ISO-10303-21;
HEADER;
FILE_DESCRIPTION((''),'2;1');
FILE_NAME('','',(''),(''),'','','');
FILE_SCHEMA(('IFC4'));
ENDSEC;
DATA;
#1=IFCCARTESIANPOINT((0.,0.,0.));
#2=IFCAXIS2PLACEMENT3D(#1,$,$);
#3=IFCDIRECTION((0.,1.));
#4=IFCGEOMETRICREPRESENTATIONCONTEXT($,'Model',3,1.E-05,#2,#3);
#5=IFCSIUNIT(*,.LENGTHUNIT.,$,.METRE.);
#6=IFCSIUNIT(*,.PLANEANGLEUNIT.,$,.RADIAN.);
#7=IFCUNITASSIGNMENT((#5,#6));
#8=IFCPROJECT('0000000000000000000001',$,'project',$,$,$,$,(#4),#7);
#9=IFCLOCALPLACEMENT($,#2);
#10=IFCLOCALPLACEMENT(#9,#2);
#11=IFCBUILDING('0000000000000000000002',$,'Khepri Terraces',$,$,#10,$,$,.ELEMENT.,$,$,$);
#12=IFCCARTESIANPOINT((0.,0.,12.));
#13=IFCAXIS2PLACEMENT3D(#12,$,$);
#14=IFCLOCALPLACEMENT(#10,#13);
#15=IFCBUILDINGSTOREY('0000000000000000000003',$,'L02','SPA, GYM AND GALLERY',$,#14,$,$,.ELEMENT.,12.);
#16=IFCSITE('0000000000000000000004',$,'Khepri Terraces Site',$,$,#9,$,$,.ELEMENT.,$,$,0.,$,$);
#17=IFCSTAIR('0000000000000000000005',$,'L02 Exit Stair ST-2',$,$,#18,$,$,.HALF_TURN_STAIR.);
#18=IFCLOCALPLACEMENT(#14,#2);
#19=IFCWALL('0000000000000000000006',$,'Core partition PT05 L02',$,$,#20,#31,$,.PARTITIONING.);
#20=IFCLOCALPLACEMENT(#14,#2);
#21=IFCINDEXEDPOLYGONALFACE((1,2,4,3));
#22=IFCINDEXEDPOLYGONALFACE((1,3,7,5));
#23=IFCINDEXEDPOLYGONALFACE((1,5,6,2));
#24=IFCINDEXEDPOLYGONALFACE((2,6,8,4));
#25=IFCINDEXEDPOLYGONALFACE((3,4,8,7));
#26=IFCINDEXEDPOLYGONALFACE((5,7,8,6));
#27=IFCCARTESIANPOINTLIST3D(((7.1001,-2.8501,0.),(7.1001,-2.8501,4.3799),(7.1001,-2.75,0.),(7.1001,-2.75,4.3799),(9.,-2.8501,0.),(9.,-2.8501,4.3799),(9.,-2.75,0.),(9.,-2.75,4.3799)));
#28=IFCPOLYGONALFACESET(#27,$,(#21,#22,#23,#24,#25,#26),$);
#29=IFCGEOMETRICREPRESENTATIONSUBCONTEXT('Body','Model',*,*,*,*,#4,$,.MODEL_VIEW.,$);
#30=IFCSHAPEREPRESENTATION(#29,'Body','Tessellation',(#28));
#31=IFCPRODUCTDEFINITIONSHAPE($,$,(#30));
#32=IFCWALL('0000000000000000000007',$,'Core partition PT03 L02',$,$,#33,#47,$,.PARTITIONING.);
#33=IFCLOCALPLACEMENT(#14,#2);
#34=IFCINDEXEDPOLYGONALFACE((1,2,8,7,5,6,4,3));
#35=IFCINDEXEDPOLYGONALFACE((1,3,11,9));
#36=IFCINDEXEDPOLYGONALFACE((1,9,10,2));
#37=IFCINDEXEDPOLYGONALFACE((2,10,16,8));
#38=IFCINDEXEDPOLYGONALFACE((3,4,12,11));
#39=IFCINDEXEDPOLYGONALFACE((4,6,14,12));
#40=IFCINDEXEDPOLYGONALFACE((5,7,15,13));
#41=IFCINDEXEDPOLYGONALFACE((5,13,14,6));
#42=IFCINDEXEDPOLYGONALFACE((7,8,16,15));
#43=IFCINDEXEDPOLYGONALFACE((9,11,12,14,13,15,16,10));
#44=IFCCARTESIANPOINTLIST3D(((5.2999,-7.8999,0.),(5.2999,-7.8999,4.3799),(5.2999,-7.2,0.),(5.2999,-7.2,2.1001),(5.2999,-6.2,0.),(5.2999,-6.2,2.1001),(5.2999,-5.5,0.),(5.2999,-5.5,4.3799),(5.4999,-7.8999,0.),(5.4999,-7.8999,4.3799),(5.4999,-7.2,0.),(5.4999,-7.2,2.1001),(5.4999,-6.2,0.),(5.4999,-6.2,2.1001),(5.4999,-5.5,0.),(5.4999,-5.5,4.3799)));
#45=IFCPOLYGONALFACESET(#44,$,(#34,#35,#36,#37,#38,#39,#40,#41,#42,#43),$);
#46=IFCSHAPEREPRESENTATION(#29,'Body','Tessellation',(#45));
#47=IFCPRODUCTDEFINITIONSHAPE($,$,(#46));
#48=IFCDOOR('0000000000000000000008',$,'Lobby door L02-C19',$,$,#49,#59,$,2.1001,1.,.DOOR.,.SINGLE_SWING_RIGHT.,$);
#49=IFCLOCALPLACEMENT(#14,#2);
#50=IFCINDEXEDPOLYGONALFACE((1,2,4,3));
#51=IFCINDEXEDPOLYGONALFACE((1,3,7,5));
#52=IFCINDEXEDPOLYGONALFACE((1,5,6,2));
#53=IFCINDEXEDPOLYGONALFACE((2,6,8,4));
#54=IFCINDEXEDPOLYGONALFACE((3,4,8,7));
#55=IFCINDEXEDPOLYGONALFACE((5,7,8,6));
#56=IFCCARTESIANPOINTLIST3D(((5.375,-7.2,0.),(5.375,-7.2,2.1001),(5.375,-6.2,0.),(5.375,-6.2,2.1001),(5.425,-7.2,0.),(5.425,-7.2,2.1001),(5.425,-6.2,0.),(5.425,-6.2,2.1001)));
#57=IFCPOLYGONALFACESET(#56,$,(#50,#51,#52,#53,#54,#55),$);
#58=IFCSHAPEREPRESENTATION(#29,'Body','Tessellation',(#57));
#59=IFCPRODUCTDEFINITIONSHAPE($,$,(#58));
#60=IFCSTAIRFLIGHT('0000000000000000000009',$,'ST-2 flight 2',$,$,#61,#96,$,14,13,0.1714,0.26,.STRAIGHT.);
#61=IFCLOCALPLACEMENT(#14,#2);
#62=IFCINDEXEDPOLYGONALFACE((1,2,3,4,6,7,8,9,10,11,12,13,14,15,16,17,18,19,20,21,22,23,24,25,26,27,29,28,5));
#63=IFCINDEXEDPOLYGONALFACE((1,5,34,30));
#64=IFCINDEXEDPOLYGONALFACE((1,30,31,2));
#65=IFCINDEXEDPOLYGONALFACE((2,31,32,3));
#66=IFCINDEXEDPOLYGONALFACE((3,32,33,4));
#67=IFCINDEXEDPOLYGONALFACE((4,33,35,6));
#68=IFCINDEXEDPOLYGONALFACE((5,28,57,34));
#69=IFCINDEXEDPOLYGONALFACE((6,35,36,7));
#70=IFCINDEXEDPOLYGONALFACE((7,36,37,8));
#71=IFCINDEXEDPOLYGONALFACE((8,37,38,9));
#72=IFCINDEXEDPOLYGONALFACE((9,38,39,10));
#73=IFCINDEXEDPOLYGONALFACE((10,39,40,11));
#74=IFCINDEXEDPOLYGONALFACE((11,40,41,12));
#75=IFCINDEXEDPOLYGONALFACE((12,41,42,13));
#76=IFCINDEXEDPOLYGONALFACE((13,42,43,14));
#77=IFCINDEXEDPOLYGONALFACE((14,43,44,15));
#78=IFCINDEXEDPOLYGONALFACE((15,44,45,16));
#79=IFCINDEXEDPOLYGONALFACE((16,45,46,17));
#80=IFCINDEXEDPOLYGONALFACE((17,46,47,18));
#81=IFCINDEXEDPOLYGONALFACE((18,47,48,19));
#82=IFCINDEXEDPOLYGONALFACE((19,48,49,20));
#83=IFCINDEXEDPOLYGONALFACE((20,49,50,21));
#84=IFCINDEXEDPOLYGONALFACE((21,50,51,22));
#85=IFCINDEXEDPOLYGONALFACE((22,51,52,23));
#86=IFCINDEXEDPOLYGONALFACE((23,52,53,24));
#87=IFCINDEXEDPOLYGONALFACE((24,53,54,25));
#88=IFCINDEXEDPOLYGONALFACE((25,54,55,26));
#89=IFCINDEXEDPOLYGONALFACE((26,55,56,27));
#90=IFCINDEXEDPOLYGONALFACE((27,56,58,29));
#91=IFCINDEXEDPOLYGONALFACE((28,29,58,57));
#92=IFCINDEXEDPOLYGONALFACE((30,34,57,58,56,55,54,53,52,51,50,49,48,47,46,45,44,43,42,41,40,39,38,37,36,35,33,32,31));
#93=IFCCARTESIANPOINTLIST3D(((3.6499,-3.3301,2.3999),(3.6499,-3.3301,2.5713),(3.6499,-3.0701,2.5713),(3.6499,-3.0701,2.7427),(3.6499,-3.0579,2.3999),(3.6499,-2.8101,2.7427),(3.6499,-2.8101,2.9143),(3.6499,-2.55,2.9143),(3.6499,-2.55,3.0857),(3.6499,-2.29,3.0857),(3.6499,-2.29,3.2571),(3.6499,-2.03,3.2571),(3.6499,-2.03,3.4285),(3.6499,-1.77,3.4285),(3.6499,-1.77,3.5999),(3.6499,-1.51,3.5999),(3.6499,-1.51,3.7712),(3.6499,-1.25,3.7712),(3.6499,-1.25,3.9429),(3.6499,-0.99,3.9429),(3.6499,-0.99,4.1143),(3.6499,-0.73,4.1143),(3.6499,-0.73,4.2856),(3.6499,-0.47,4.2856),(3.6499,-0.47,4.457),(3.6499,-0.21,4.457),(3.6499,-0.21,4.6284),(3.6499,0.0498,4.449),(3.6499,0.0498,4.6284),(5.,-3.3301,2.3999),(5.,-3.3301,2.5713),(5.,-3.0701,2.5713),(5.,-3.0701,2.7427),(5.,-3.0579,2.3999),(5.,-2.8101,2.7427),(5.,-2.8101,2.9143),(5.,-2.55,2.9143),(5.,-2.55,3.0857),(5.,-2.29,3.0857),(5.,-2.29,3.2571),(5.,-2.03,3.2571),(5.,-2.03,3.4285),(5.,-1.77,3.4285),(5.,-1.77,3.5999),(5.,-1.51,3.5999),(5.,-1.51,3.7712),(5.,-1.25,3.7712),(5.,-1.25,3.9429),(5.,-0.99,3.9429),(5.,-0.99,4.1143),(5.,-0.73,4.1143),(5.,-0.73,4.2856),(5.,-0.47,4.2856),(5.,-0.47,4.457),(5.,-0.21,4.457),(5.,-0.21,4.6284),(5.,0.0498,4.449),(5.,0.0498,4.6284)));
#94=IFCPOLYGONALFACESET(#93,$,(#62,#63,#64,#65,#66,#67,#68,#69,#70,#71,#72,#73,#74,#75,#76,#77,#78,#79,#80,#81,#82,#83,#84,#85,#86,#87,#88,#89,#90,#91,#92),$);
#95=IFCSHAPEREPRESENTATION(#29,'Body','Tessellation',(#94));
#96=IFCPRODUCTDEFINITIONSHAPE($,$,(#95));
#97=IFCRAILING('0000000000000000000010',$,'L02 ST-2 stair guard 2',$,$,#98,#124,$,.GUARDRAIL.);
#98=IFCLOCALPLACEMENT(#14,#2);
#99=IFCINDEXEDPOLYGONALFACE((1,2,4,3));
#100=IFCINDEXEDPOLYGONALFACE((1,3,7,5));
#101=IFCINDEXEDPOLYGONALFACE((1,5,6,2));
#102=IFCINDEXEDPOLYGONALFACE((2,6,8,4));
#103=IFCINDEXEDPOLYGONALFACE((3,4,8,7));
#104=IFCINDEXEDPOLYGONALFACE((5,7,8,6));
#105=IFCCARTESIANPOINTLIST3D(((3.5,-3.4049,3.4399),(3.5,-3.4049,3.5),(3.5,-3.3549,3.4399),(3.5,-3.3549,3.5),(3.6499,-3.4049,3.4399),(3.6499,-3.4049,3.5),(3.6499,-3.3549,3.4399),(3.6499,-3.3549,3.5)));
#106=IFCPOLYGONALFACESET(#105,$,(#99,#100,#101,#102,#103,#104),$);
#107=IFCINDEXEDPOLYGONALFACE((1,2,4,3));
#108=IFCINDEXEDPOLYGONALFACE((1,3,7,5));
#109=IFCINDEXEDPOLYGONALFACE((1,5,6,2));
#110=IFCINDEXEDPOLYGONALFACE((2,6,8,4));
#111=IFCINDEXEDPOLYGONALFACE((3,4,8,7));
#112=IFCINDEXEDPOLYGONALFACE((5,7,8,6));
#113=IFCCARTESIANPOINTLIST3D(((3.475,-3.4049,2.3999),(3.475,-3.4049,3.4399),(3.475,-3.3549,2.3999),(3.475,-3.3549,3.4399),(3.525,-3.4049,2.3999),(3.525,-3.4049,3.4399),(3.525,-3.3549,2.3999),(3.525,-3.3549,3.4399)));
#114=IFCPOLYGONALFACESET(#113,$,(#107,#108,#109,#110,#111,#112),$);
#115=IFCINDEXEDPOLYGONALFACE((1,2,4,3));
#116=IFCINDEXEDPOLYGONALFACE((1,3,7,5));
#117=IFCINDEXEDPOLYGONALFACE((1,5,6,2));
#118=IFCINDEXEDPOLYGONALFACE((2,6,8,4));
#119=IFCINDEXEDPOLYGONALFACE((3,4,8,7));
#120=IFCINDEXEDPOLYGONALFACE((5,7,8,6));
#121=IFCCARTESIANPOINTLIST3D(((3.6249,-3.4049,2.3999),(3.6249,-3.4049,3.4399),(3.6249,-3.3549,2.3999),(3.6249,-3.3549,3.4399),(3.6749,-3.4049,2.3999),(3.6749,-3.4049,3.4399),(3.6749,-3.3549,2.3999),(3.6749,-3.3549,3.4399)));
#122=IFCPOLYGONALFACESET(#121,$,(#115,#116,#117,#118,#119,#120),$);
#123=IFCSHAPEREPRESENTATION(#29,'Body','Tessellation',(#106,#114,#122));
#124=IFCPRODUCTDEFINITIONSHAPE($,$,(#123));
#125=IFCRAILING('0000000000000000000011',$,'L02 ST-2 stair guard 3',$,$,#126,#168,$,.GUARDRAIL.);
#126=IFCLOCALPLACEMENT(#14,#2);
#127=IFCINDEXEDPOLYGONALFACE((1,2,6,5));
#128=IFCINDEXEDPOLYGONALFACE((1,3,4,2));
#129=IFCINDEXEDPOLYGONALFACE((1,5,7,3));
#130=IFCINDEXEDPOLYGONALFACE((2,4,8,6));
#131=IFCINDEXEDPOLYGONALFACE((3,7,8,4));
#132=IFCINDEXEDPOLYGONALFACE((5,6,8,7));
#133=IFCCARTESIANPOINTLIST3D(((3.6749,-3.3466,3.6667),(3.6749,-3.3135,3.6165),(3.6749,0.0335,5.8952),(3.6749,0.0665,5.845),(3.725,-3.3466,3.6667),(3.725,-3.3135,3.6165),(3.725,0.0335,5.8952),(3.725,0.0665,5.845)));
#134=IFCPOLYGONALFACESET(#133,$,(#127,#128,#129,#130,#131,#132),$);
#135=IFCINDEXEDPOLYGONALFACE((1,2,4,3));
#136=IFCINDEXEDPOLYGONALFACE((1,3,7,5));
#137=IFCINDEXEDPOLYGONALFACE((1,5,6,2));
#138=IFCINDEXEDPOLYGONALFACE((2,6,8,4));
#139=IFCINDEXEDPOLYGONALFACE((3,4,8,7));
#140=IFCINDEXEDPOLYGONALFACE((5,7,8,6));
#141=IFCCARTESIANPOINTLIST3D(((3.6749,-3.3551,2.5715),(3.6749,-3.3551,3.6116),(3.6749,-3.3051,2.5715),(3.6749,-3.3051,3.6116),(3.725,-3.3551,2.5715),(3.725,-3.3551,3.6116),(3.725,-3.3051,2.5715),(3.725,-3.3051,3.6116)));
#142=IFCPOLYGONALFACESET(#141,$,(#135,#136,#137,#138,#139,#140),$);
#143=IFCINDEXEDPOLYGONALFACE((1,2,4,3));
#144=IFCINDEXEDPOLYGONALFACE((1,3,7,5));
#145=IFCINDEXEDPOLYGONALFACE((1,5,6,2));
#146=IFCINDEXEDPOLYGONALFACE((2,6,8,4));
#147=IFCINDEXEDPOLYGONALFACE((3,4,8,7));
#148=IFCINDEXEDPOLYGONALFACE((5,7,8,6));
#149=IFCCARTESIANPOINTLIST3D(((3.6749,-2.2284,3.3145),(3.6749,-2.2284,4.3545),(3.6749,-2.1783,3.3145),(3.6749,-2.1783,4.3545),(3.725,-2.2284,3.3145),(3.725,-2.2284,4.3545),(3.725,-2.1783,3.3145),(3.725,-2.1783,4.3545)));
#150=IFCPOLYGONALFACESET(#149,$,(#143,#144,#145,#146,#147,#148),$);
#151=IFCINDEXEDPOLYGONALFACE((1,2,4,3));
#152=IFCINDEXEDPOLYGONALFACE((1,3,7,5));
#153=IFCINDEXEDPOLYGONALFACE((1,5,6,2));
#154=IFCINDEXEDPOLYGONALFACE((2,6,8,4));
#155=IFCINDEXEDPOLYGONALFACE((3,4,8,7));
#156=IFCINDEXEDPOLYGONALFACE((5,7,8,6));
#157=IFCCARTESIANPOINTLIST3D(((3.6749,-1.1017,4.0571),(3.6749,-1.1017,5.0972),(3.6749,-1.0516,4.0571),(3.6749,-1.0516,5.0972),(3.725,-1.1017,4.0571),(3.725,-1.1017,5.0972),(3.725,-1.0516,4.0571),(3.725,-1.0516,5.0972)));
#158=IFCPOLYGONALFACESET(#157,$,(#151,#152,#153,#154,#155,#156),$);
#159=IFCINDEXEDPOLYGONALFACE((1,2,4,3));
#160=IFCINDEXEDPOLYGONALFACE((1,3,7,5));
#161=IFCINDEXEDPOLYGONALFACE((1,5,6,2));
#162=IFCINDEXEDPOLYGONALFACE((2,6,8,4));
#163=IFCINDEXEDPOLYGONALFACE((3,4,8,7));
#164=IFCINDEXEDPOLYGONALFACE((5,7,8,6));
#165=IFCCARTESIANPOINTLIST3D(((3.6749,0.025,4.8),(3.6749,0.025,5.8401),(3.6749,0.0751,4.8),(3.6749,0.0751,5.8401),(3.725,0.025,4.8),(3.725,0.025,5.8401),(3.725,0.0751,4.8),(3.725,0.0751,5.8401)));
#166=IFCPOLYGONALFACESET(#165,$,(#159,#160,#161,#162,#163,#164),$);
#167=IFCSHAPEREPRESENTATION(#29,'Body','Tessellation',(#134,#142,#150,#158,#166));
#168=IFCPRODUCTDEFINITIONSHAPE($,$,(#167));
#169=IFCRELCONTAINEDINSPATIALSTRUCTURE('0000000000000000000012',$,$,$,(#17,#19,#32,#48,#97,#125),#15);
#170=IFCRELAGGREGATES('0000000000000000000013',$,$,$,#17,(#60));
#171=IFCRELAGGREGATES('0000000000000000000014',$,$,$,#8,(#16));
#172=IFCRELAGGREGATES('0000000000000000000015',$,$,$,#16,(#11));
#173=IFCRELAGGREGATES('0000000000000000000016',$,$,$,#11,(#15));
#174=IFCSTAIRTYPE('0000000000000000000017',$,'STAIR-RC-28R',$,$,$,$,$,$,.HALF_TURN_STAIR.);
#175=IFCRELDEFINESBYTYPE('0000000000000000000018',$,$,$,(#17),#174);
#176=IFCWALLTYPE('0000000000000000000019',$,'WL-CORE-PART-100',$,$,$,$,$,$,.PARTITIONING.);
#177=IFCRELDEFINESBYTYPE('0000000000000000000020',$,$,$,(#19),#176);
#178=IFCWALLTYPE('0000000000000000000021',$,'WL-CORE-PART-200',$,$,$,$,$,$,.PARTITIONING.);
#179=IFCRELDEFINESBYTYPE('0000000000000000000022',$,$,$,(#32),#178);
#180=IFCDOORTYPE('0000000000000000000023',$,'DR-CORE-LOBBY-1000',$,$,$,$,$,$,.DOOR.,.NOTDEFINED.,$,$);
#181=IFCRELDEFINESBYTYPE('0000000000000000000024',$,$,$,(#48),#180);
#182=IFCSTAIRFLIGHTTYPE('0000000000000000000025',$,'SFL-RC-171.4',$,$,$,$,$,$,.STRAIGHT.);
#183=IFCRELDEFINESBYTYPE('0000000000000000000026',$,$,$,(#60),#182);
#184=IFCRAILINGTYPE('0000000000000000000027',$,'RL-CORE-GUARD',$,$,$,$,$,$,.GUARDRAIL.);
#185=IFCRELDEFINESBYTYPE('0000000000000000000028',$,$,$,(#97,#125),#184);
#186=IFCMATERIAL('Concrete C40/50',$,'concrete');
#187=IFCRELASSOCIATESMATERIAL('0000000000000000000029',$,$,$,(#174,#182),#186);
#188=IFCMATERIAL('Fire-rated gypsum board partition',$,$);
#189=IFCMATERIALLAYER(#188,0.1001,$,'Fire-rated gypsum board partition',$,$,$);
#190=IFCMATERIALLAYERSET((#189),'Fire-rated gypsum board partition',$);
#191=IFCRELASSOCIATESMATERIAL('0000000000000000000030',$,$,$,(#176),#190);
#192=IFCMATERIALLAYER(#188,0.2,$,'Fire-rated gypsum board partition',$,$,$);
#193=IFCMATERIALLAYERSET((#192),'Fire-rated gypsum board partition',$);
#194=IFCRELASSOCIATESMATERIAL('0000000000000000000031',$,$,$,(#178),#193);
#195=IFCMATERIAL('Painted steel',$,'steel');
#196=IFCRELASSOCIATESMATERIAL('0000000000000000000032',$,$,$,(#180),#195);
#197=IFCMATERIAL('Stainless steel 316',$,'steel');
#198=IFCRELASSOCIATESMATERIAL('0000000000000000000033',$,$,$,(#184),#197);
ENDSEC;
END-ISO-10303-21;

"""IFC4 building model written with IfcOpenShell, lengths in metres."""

from ifc_helpers import new_model, si_unit, direction, frame, frame_2d, origin, origin_2d, place, context, subcontext, project, spatial, polyline, rectangle, outline, extrude, material, layer, layer_set, type_object, element, fill, aggregate, save


model = new_model("IFC4")

# Units and contexts
model_context = context("Model", 3, precision=1e-05, world=origin(), true_north=direction((0.0, 1.0)))
body_context = subcontext(model_context, "Body", "Model", "MODEL_VIEW")
ifc_project = project(units=[si_unit("LENGTHUNIT", "METRE"), si_unit("PLANEANGLEUNIT", "RADIAN")], contexts=[model_context])

# Site, building, storey
site_placement = place(None, origin())
site = spatial("IfcSite", under=ifc_project, at=site_placement, Name="Khepri Terraces Site", CompositionType="ELEMENT", RefElevation=0.0)
building_placement = place(site_placement, origin())
building = spatial("IfcBuilding", under=site, at=building_placement, Name="Khepri Terraces", CompositionType="ELEMENT")
storey_placement = place(building_placement, frame((0.0, 0.0, 12.0)))
storey = spatial("IfcBuildingStorey", under=building, at=storey_placement, Name="L02", Description="SPA, GYM AND GALLERY", CompositionType="ELEMENT", Elevation=12.0)

# Shared definitions
ifc_material_1 = material(Name="Concrete C40/50", Category="concrete")
stair_type = type_object("IfcStairType", Name="STAIR-RC-28R", PredefinedType="HALF_TURN_STAIR", material=ifc_material_1)

# Stair
stair_1_placement = place(storey_placement, origin())
stair_1 = element("IfcStair", 1, at=stair_1_placement, inside=storey, type_object=stair_type, Name="L02 Exit Stair ST-2", PredefinedType="HALF_TURN_STAIR")

# Shared definitions
ifc_material_2 = material(Name="Painted steel", Category="steel")

# Shared definitions
ifc_material_3 = material(Name="Fire-rated gypsum board partition")
ifc_layer_1 = layer(ifc_material_3, 0.1001, Name="Fire-rated gypsum board partition")
ifc_layer_set_1 = layer_set([ifc_layer_1], Name="Fire-rated gypsum board partition")
wall_type_1 = type_object("IfcWallType", Name="WL-CORE-PART-100", PredefinedType="PARTITIONING", material=ifc_layer_set_1)

# Wall
for number, where, z_axis, x_axis, name in (
    (2, (7.1001, -2.8, 0.0), (0.0, 0.0, 1.0), (1.0, 0.0, 0.0), "Core partition PT05 L02"),
):
    element("IfcWall", number, at=place(storey_placement, frame(where, z_axis=z_axis, x_axis=x_axis)), inside=storey, type_object=wall_type_1, Name=name, PredefinedType="PARTITIONING", context=body_context, shape_type="SweptSolid", body=[
        extrude(rectangle(XDim=1.8999, YDim=0.1001, at=frame_2d((0.95, 0.0))), origin(), (0.0, 0.0, 1.0), 4.3799),
    ])

# Wall, opening, door
ifc_layer_2 = layer(ifc_material_3, 0.2, Name="Fire-rated gypsum board partition")
ifc_layer_set_2 = layer_set([ifc_layer_2], Name="Fire-rated gypsum board partition")
wall_type_2 = type_object("IfcWallType", Name="WL-CORE-PART-200", PredefinedType="PARTITIONING", material=ifc_layer_set_2)
wall_1_placement = place(storey_placement, frame((5.3999, -7.8999, 0.0), z_axis=(0.0, 0.0, 1.0), x_axis=(0.0, 1.0, 0.0)))
wall_1 = element("IfcWall", 3, at=wall_1_placement, inside=storey, type_object=wall_type_2, Name="Core partition PT03 L02", PredefinedType="PARTITIONING", context=body_context, shape_type="SweptSolid", body=[
    extrude(rectangle(XDim=2.3999, YDim=0.2, at=frame_2d((1.2, 0.0))), origin(), (0.0, 0.0, 1.0), 4.3799),
])
opening_1_placement = place(wall_1_placement, frame((0.7, 0.0, 0.0)))
opening_1 = element("IfcOpeningElement", 4, at=opening_1_placement, cuts=wall_1, PredefinedType="OPENING", context=body_context, shape_type="SweptSolid", body=[
    extrude(rectangle(XDim=1.0, YDim=2.1001, at=frame_2d((0.5, 1.05))), frame((0.0, 0.1099, 0.0), z_axis=(0.0, -1.0, 0.0), x_axis=(1.0, 0.0, 0.0)), (0.0, 0.0, 1.0), 0.22),
])
door_type_1 = type_object("IfcDoorType", Name="DR-CORE-LOBBY-1000", OperationType="NOTDEFINED", PredefinedType="DOOR", material=ifc_material_2)
door_1_placement = place(opening_1_placement, origin())
door_1 = element("IfcDoor", 5, at=door_1_placement, inside=storey, type_object=door_type_1, Name="Lobby door L02-C19", OperationType="SINGLE_SWING_RIGHT", OverallHeight=2.1001, OverallWidth=1.0, PredefinedType="DOOR", context=body_context, shape_type="SweptSolid", body=[
    extrude(rectangle(XDim=1.0, YDim=2.1001, at=frame_2d((0.5, 1.05))), frame((0.0, 0.0249, 0.0), z_axis=(0.0, -1.0, 0.0), x_axis=(1.0, 0.0, 0.0)), (0.0, 0.0, 1.0), 0.05),
])
fill(opening_1, door_1)

# Stair flight
stair_flight_type = type_object("IfcStairFlightType", Name="SFL-RC-171.4", PredefinedType="STRAIGHT", material=ifc_material_1)
stair_flight_placement = place(storey_placement, frame((4.325, -3.3301, 2.3999), z_axis=(0.0, 0.0, 1.0), x_axis=(0.0, 1.0, 0.0)))
stair_flight = element("IfcStairFlight", 6, at=stair_flight_placement, type_object=stair_flight_type, Name="ST-2 flight 2", NumberOfRisers=14, NumberOfTreads=13, PredefinedType="STRAIGHT", RiserHeight=0.1714, TreadLength=0.26, context=body_context, shape_type="SweptSolid", body=[
    extrude(outline(polyline([(0.0, 0.0), (0.0, 0.1714), (0.26, 0.1714), (0.26, 0.3428), (0.52, 0.3428), (0.52, 0.5144), (0.78, 0.5144), (0.78, 0.6858), (1.04, 0.6858), (1.04, 0.8572), (1.3, 0.8572), (1.3, 1.0286), (1.5601, 1.0286), (1.5601, 1.2), (1.8201, 1.2), (1.8201, 1.3713), (2.0801, 1.3713), (2.0801, 1.543), (2.3401, 1.543), (2.3401, 1.7144), (2.6001, 1.7144), (2.6001, 1.8857), (2.8601, 1.8857), (2.8601, 2.0571), (3.1201, 2.0571), (3.1201, 2.2285), (3.3799, 2.2285), (3.3799, 2.3999), (3.3799, 2.0491), (0.2722, 0.0), (0.0, 0.0)])), frame((0.0, 0.675, 0.0), z_axis=(0.0, -1.0, 0.0), x_axis=(1.0, 0.0, 0.0)), (0.0, 0.0, 1.0), 1.3501),
])
aggregate(stair_1, [stair_flight])

# Railings
ifc_material_4 = material(Name="Stainless steel 316", Category="steel")
railing_type_1 = type_object("IfcRailingType", Name="RL-CORE-GUARD", PredefinedType="GUARDRAIL", material=ifc_material_4)
railing_1_placement = place(storey_placement, frame((3.5, -3.3799, 2.3999)))
element("IfcRailing", 7, at=railing_1_placement, inside=storey, type_object=railing_type_1, Name="L02 ST-2 stair guard 2", PredefinedType="GUARDRAIL", context=body_context, shape_type="SweptSolid", body=[
    extrude(rectangle(XDim=0.05, YDim=0.0601, at=origin_2d()), frame((0.0, 0.0, 1.0701), z_axis=(1.0, 0.0, 0.0), x_axis=(0.0, 1.0, 0.0)), (0.0, 0.0, 1.0), 0.1499),
    extrude(rectangle(XDim=0.05, YDim=0.05, at=origin_2d()), origin(), (0.0, 0.0, 1.0), 1.04),
    extrude(rectangle(XDim=0.05, YDim=0.05, at=origin_2d()), frame((0.1499, 0.0, 0.0)), (0.0, 0.0, 1.0), 1.04),
])
railing_2_placement = place(storey_placement, frame((3.7, -3.3301, 2.5715)))
element("IfcRailing", 8, at=railing_2_placement, inside=storey, type_object=railing_type_1, Name="L02 ST-2 stair guard 3", PredefinedType="GUARDRAIL", context=body_context, shape_type="SweptSolid", body=[
    extrude(rectangle(XDim=0.05, YDim=0.0601, at=origin_2d()), frame((0.0, 0.0, 1.0701), z_axis=(0.0, 0.834878, 0.550435), x_axis=(-1.0, 0.0, 0.0)), (0.0, 0.0, 1.0), 4.0486),
    extrude(rectangle(XDim=0.05, YDim=0.05, at=origin_2d()), origin(), (0.0, 0.0, 1.0), 1.04),
    extrude(rectangle(XDim=0.05, YDim=0.05, at=origin_2d()), frame((0.0, 1.1267, 0.7429)), (0.0, 0.0, 1.0), 1.04),
    extrude(rectangle(XDim=0.05, YDim=0.05, at=origin_2d()), frame((0.0, 2.2534, 1.4856)), (0.0, 0.0, 1.0), 1.04),
    extrude(rectangle(XDim=0.05, YDim=0.05, at=origin_2d()), frame((0.0, 3.3801, 2.2285)), (0.0, 0.0, 1.0), 1.04),
])

save(model, "model.ifc")
